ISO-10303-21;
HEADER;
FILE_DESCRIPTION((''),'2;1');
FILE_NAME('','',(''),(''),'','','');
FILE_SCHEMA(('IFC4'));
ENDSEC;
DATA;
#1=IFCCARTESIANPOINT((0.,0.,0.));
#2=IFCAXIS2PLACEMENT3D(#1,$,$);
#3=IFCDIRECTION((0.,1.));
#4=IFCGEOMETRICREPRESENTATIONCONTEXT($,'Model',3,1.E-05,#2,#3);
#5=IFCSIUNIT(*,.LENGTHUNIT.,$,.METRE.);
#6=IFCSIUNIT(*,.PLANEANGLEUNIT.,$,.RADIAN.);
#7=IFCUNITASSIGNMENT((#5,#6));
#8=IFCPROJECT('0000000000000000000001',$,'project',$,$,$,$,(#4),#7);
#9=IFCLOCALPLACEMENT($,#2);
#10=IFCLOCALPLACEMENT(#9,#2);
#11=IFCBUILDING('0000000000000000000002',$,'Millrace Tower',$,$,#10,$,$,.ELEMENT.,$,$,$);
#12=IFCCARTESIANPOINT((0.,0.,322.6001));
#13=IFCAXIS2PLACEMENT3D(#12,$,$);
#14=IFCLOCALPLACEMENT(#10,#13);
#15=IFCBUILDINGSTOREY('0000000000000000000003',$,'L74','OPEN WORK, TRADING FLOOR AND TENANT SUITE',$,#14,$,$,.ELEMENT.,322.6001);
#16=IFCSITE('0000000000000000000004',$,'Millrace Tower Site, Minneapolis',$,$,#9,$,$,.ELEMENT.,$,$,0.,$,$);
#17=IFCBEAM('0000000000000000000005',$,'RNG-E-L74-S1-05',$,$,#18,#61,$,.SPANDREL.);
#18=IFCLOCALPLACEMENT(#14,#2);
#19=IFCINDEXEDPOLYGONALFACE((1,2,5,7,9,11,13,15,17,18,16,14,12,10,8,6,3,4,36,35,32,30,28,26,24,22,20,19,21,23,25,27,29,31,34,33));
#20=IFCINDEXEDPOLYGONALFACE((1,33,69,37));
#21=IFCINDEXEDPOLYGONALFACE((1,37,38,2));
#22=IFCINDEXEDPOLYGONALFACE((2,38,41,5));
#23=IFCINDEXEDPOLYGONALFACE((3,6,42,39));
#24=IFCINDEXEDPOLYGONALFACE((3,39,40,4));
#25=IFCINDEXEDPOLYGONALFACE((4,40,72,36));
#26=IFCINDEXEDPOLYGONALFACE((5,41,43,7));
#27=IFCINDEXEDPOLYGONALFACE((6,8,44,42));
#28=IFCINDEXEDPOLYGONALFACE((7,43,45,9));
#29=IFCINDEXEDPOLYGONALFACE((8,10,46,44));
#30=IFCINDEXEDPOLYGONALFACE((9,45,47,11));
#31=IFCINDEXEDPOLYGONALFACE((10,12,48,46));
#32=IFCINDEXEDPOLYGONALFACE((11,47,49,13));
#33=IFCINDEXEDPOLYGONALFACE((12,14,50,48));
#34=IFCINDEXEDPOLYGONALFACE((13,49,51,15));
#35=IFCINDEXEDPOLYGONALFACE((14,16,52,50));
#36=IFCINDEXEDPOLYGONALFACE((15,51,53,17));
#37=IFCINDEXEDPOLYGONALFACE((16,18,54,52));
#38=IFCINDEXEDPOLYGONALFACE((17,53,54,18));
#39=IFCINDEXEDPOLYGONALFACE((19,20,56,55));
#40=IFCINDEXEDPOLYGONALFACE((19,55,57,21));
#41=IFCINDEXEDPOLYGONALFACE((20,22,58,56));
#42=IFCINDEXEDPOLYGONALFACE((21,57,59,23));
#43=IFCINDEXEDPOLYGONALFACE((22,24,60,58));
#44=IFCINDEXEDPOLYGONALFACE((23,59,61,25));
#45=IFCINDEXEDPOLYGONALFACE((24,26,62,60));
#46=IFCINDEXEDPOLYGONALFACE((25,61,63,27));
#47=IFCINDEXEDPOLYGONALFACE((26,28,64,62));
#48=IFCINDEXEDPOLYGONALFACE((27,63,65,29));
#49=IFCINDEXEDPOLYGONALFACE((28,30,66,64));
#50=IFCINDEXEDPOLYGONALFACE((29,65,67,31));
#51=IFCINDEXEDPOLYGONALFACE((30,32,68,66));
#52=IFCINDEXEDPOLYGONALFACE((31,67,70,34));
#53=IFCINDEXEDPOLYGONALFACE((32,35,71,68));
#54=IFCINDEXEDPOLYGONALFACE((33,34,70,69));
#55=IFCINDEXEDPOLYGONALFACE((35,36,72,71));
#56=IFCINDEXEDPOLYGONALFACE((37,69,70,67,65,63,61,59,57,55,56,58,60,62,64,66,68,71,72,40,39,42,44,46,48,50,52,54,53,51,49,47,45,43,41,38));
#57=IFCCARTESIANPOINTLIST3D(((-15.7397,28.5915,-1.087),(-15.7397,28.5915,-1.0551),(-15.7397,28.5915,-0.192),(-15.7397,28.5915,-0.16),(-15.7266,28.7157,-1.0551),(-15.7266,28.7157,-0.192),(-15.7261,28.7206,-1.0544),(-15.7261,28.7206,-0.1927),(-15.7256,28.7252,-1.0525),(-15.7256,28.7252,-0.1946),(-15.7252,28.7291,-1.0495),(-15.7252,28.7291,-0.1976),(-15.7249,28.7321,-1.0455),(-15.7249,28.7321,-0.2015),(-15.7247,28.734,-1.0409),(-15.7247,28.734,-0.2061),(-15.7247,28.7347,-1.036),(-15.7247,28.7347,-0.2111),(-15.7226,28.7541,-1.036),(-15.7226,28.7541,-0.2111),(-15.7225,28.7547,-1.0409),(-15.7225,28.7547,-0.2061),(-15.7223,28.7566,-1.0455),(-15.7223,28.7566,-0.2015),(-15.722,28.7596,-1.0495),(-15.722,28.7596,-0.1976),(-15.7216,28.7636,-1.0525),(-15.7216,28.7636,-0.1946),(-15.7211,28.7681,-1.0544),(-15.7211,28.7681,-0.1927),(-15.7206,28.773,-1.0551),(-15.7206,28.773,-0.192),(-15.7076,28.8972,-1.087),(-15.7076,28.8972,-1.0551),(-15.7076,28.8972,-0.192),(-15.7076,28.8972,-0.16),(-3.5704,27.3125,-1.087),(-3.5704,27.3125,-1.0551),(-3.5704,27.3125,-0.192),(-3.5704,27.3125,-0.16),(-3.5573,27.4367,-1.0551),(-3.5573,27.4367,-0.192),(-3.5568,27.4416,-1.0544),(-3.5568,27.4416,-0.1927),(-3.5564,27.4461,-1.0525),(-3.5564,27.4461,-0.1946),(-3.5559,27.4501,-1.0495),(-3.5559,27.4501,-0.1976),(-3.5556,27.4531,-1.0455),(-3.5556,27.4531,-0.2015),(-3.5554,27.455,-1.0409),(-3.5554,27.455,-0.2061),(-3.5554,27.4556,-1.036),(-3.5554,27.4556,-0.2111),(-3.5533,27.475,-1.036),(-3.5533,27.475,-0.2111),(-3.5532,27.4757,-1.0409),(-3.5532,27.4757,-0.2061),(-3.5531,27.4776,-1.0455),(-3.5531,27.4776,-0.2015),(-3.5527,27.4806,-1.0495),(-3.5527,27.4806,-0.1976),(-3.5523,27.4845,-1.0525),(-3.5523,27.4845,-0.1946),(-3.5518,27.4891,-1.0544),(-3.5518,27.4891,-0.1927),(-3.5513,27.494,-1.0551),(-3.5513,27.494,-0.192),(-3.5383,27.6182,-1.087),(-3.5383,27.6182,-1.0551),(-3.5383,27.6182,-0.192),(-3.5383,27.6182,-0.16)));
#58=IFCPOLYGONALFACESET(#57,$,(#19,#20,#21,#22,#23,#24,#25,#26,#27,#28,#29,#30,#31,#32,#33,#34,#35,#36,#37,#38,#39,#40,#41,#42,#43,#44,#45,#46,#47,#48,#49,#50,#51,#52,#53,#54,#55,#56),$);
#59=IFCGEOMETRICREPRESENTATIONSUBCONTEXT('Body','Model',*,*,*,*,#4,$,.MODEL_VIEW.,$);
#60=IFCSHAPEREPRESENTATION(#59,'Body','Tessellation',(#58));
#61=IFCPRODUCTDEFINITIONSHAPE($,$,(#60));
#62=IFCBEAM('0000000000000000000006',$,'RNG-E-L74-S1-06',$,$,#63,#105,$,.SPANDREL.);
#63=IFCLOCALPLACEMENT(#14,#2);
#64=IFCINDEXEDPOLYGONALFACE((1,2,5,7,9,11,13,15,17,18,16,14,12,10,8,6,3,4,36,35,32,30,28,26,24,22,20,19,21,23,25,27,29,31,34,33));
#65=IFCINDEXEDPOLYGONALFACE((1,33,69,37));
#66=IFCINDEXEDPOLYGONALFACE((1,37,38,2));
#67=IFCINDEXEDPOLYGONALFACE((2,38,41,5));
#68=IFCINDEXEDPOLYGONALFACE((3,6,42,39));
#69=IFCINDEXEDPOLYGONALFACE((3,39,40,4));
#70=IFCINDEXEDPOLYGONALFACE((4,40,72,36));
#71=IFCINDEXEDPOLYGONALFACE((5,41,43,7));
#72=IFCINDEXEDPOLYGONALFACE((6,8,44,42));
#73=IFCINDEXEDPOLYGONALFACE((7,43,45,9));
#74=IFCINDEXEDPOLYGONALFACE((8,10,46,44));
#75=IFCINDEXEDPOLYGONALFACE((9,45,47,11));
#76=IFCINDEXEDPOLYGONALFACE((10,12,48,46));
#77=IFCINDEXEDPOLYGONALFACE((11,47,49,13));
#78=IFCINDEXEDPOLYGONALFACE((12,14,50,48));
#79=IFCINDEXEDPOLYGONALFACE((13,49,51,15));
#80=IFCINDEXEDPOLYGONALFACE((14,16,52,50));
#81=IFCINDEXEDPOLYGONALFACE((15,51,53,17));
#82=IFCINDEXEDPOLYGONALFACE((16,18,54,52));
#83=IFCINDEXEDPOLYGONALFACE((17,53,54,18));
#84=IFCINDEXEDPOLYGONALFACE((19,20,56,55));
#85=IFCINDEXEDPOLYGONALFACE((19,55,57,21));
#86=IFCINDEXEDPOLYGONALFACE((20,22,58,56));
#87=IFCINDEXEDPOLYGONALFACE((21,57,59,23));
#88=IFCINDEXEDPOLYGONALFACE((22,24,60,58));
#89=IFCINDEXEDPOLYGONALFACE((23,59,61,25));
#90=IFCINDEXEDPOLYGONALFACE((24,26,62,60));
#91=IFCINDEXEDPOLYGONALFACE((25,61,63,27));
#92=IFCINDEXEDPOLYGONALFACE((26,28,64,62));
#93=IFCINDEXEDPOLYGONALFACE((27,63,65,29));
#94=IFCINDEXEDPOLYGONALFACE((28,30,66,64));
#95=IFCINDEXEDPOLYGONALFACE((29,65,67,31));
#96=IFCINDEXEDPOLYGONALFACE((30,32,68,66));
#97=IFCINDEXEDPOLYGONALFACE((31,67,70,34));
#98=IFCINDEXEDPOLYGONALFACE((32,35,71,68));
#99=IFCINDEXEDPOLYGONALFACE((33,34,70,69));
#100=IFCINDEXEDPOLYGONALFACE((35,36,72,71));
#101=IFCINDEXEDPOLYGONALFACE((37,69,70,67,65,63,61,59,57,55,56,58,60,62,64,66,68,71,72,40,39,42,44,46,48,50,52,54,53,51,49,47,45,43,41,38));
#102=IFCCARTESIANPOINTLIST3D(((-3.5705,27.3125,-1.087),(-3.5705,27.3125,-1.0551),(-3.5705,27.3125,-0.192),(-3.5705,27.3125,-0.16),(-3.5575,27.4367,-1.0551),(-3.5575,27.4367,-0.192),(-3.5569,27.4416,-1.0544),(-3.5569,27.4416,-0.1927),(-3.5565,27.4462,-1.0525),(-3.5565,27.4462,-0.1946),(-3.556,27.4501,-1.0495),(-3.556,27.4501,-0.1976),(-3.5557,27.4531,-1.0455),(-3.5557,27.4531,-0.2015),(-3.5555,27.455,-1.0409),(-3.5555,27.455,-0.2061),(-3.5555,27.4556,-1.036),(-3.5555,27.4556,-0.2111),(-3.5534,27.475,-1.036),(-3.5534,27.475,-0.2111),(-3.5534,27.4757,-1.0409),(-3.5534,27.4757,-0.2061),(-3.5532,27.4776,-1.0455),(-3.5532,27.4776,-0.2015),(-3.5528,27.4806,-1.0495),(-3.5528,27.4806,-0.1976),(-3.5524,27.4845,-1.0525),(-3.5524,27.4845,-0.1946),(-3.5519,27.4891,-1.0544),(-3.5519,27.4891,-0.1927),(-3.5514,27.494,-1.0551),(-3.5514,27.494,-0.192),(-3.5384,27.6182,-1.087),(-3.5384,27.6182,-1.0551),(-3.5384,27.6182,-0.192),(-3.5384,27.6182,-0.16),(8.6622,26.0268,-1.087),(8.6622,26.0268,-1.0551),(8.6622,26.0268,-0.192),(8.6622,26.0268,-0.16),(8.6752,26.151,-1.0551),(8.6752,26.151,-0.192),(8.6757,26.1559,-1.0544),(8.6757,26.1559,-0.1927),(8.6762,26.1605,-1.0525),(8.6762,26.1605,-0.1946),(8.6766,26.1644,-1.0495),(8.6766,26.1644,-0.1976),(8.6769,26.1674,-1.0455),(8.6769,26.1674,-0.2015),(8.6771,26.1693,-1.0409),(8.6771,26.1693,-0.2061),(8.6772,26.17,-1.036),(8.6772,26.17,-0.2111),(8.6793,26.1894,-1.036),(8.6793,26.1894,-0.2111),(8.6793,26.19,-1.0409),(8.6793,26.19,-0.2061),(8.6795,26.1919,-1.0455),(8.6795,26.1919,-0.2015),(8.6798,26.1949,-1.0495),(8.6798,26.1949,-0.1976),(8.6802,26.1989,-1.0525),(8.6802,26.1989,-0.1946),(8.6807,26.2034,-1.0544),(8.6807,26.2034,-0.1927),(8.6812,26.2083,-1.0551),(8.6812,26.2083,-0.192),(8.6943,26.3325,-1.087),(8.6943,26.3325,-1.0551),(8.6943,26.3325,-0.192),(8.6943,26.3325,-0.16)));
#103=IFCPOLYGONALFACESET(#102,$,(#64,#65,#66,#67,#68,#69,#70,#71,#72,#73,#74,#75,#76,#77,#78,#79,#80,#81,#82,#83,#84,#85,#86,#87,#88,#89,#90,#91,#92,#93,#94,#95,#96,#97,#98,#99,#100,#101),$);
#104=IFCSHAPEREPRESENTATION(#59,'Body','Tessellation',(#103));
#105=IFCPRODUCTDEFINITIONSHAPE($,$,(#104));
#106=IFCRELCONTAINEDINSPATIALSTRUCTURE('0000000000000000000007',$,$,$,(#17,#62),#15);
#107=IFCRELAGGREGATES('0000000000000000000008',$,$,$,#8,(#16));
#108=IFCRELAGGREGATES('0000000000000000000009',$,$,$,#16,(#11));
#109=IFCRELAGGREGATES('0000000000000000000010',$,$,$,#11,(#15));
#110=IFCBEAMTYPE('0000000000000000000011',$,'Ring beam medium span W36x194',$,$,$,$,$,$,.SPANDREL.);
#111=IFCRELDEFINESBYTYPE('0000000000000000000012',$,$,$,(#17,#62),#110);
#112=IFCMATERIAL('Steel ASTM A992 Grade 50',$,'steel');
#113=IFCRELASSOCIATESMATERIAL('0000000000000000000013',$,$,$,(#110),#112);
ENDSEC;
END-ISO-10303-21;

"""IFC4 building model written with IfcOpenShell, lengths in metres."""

from ifc_helpers import new_model, si_unit, direction, frame, origin, origin_2d, place, context, subcontext, project, spatial, i_section, extrude, material, material_profile, profile_set, type_object, element, save


model = new_model("IFC4")

# Units and contexts
model_context = context("Model", 3, precision=1e-05, world=origin(), true_north=direction((0.0, 1.0)))
body_context = subcontext(model_context, "Body", "Model", "MODEL_VIEW")
ifc_project = project(units=[si_unit("LENGTHUNIT", "METRE"), si_unit("PLANEANGLEUNIT", "RADIAN")], contexts=[model_context])

# Site, building, storey
site_placement = place(None, origin())
site = spatial("IfcSite", under=ifc_project, at=site_placement, Name="Millrace Tower Site, Minneapolis", CompositionType="ELEMENT", RefElevation=0.0)
building_placement = place(site_placement, origin())
building = spatial("IfcBuilding", under=site, at=building_placement, Name="Millrace Tower", CompositionType="ELEMENT")
storey_placement = place(building_placement, frame((0.0, 0.0, 322.6001)))
storey = spatial("IfcBuildingStorey", under=building, at=storey_placement, Name="L74", Description="OPEN WORK, TRADING FLOOR AND TENANT SUITE", CompositionType="ELEMENT", Elevation=322.6001)

# Beams
ifc_material_1 = material(Name="Steel ASTM A992 Grade 50", Category="steel")
ifc_material_profile_1 = material_profile(ifc_material_1, i_section(OverallWidth=0.3074, OverallDepth=0.927, WebThickness=0.0195, FlangeThickness=0.032, FilletRadius=0.019, at=origin_2d()))
ifc_profile_set_1 = profile_set([ifc_material_profile_1], Name="Steel ASTM A992 Grade 50")
beam_type_1 = type_object("IfcBeamType", Name="Ring beam medium span W36x194", PredefinedType="SPANDREL", material=ifc_profile_set_1)
beam_1_placement = place(storey_placement, frame((-15.7236, 28.7444, -0.6235), z_axis=(0.994522, -0.10453, 0.0), x_axis=(0.10453, 0.994522, 0.0)))
element("IfcBeam", 1, at=beam_1_placement, inside=storey, type_object=beam_type_1, Name="RNG-E-L74-S1-05", PredefinedType="SPANDREL", context=body_context, shape_type="SweptSolid", body=[
    extrude(i_section(OverallWidth=0.3074, OverallDepth=0.927, WebThickness=0.0195, FlangeThickness=0.032, FilletRadius=0.019, at=origin_2d()), origin(), (0.0, 0.0, 1.0), 12.2363),
])
beam_2_placement = place(storey_placement, frame((-3.5544, 27.4653, -0.6235), z_axis=(0.994522, -0.104524, 0.0), x_axis=(0.104524, 0.994522, 0.0)))
element("IfcBeam", 2, at=beam_2_placement, inside=storey, type_object=beam_type_1, Name="RNG-E-L74-S1-06", PredefinedType="SPANDREL", context=body_context, shape_type="SweptSolid", body=[
    extrude(i_section(OverallWidth=0.3074, OverallDepth=0.927, WebThickness=0.0195, FlangeThickness=0.032, FilletRadius=0.019, at=origin_2d()), origin(), (0.0, 0.0, 1.0), 12.3),
])

save(model, "model.ifc")
